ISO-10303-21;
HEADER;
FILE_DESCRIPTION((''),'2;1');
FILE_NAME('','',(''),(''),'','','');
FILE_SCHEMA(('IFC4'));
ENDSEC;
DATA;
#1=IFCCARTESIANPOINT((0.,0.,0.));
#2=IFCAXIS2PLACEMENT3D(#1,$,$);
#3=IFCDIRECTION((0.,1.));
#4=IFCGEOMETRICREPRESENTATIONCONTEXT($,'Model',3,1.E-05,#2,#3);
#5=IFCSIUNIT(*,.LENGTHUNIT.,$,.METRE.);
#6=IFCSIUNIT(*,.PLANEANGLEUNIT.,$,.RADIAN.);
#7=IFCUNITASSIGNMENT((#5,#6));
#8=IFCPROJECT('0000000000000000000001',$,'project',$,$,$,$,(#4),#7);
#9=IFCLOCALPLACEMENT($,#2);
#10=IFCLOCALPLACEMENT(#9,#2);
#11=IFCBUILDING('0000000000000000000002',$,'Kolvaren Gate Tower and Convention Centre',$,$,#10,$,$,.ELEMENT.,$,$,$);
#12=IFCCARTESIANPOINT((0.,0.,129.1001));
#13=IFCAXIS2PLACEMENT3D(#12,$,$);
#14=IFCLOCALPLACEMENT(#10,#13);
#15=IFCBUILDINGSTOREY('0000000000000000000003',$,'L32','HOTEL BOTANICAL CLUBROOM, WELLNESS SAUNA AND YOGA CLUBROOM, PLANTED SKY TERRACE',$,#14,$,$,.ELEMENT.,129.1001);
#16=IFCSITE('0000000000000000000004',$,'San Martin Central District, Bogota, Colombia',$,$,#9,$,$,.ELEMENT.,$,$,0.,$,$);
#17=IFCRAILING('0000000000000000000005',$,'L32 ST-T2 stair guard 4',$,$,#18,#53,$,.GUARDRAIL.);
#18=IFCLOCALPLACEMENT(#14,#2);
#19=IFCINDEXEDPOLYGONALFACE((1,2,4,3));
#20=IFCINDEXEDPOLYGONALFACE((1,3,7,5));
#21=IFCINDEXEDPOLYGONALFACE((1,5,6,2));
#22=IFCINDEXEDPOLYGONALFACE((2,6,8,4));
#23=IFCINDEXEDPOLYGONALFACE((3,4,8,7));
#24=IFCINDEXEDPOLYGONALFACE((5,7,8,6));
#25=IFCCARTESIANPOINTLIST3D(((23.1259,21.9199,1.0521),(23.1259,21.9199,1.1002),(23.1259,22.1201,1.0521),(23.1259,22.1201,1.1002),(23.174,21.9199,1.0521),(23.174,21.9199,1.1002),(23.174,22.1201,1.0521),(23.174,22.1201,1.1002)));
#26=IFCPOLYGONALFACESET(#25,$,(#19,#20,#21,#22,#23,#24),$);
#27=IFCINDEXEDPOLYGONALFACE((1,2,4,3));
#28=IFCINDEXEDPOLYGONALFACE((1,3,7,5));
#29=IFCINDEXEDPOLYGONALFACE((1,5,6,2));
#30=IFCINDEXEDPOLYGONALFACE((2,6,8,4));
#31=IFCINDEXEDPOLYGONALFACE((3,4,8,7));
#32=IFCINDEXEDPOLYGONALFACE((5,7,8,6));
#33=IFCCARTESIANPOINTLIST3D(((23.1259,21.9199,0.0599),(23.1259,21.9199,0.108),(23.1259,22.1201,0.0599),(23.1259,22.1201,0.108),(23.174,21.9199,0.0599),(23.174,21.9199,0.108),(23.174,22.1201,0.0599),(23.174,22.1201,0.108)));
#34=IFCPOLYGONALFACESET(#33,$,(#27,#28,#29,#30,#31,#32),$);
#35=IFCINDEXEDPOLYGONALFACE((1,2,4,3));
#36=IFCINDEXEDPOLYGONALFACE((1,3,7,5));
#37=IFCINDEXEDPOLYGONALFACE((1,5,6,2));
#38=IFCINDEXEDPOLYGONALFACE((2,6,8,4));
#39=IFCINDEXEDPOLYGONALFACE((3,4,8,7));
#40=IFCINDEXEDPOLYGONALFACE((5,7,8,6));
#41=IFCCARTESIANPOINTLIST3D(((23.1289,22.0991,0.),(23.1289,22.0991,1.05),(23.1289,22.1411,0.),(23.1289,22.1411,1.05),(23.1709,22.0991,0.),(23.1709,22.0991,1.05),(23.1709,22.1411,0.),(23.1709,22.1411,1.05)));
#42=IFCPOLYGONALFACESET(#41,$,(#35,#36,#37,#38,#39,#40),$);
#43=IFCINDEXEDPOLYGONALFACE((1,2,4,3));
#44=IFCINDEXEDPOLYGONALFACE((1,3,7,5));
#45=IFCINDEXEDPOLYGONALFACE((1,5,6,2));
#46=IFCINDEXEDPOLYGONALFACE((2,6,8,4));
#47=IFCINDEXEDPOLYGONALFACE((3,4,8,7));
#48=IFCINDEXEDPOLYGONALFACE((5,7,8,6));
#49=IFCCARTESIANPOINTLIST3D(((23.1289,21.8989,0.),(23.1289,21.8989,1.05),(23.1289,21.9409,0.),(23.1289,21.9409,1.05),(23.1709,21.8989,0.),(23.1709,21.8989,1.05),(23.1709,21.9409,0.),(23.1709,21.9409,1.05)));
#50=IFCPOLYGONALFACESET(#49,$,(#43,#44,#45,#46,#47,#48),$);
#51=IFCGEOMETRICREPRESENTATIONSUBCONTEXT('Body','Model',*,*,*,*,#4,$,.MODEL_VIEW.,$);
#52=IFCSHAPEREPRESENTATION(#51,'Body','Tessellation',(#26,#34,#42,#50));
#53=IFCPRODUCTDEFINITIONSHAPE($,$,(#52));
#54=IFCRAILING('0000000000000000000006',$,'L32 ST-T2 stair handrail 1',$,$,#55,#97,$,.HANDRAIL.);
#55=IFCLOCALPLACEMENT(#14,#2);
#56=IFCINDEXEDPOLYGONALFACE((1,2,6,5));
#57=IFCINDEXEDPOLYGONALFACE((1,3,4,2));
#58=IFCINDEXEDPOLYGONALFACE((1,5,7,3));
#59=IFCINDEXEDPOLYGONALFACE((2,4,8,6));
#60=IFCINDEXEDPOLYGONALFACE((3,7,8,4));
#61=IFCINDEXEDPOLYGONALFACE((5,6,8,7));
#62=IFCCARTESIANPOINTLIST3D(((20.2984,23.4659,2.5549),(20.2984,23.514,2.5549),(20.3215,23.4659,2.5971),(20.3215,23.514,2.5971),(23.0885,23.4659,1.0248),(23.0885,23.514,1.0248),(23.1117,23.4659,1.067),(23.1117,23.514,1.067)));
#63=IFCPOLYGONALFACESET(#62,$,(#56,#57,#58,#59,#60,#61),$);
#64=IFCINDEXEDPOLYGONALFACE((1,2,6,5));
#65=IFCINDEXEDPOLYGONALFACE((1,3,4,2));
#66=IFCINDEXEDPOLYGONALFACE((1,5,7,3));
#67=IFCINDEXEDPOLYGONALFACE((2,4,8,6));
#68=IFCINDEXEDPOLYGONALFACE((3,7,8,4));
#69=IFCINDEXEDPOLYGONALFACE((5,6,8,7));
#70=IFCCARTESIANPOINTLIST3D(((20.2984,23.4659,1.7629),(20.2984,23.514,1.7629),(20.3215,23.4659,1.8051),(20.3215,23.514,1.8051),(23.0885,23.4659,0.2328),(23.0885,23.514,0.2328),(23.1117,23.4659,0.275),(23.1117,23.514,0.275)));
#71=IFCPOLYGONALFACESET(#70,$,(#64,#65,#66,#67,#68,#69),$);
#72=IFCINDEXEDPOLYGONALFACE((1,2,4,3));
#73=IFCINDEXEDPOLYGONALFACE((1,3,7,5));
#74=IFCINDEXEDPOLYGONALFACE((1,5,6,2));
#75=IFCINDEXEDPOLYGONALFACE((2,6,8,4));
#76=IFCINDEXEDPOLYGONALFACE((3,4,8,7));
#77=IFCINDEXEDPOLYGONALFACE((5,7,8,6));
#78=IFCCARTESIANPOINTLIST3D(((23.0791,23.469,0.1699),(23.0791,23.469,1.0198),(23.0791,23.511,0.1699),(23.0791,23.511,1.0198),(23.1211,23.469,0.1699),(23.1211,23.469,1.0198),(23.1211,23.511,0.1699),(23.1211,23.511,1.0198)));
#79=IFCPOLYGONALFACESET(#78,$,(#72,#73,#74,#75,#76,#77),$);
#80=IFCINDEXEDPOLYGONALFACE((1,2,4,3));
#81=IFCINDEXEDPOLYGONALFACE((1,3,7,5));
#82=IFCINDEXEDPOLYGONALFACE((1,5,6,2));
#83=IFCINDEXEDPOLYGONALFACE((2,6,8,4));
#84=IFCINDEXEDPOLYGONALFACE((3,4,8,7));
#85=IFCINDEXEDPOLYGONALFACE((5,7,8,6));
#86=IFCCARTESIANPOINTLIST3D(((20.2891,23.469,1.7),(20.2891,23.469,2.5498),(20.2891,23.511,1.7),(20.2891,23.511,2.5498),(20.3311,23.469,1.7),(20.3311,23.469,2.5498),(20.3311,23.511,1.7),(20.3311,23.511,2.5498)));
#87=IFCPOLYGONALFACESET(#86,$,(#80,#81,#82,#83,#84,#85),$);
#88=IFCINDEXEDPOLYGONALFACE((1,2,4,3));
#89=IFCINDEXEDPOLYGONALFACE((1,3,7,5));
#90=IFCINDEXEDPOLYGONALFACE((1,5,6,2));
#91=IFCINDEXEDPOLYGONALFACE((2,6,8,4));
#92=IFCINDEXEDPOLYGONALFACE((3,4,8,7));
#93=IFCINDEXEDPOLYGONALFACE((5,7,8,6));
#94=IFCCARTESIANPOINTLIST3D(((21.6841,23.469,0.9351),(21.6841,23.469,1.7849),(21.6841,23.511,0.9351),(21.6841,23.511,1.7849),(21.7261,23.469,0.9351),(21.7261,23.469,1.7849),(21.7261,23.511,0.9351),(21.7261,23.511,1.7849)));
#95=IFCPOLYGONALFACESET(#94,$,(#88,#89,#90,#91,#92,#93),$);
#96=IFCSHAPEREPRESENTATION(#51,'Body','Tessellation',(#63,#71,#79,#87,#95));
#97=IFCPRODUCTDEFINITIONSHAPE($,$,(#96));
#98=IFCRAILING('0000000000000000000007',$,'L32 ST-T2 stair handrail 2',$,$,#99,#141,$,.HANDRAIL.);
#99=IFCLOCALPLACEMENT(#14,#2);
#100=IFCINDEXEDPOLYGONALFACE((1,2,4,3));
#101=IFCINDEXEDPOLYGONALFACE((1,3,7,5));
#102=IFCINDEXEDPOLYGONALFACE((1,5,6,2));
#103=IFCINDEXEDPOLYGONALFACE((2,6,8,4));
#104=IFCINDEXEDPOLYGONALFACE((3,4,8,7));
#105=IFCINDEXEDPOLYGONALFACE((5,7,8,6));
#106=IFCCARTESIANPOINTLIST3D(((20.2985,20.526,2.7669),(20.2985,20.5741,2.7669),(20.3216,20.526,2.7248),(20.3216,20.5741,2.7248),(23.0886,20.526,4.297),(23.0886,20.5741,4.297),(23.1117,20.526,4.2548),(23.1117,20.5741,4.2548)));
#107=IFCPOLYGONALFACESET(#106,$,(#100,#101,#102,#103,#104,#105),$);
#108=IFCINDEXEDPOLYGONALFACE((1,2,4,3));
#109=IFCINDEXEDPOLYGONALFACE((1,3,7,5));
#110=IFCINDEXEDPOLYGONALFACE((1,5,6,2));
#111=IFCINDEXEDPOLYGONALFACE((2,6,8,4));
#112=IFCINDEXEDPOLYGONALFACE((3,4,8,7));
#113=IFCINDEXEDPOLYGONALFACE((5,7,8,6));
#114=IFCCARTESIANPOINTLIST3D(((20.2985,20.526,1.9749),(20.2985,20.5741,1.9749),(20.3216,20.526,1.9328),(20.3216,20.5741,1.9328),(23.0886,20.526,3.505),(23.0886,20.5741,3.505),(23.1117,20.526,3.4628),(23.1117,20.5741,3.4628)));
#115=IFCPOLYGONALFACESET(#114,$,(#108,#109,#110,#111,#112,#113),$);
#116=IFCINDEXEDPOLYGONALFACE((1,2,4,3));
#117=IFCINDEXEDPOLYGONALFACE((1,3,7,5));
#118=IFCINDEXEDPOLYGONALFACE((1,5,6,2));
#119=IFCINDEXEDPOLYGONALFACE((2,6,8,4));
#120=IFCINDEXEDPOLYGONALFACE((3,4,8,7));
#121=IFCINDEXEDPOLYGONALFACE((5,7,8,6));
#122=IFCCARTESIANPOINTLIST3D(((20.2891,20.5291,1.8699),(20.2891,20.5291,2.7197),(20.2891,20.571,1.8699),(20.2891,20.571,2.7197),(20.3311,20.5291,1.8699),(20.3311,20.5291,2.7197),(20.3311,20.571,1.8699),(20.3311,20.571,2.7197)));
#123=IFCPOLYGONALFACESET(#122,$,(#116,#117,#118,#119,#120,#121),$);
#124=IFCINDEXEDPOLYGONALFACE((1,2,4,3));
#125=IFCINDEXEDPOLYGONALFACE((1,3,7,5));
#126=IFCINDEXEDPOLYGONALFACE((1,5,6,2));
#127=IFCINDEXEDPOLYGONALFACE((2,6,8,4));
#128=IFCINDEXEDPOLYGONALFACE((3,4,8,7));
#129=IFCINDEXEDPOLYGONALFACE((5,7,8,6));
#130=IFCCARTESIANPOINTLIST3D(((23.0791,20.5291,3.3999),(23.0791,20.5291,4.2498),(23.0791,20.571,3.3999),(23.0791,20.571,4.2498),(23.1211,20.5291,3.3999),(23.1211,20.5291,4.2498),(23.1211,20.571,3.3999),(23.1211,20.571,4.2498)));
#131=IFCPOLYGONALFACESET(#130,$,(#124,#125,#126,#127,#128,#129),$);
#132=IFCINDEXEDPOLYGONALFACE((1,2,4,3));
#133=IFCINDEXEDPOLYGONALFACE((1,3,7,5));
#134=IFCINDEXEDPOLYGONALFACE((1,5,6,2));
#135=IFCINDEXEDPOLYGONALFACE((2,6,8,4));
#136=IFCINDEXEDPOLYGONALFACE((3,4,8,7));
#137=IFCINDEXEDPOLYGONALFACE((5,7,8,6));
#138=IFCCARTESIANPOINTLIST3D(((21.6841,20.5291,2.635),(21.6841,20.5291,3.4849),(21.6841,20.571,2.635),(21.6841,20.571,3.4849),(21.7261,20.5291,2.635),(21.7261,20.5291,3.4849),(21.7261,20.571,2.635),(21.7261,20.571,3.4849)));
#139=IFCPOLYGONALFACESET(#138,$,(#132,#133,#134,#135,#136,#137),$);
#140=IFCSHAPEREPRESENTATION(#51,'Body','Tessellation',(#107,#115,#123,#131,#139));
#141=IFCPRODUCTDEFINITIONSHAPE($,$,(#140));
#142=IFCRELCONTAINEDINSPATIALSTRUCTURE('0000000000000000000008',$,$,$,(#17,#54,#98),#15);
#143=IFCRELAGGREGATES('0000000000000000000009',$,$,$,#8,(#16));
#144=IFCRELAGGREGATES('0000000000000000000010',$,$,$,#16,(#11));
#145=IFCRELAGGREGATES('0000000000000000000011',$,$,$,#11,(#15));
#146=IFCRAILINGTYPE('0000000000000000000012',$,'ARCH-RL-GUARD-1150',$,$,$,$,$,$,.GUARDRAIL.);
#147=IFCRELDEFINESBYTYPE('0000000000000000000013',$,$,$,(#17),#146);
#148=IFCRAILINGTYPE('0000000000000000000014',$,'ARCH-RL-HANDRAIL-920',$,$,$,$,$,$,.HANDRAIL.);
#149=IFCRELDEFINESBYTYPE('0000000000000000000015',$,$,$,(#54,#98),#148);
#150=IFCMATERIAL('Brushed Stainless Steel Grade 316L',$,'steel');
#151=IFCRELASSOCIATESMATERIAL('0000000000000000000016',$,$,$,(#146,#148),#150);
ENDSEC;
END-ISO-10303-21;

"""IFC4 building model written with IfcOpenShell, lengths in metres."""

from ifc_helpers import new_model, si_unit, direction, frame, origin, origin_2d, place, context, subcontext, project, spatial, rectangle, extrude, material, type_object, element, save


model = new_model("IFC4")

# Units and contexts
model_context = context("Model", 3, precision=1e-05, world=origin(), true_north=direction((0.0, 1.0)))
body_context = subcontext(model_context, "Body", "Model", "MODEL_VIEW")
ifc_project = project(units=[si_unit("LENGTHUNIT", "METRE"), si_unit("PLANEANGLEUNIT", "RADIAN")], contexts=[model_context])

# Site, building, storey
site_placement = place(None, origin())
site = spatial("IfcSite", under=ifc_project, at=site_placement, Name="San Martin Central District, Bogota, Colombia", CompositionType="ELEMENT", RefElevation=0.0)
building_placement = place(site_placement, origin())
building = spatial("IfcBuilding", under=site, at=building_placement, Name="Kolvaren Gate Tower and Convention Centre", CompositionType="ELEMENT")
storey_placement = place(building_placement, frame((0.0, 0.0, 129.1001)))
storey = spatial("IfcBuildingStorey", under=building, at=storey_placement, Name="L32", Description="HOTEL BOTANICAL CLUBROOM, WELLNESS SAUNA AND YOGA CLUBROOM, PLANTED SKY TERRACE", CompositionType="ELEMENT", Elevation=129.1001)

# Shared definitions
ifc_material_1 = material(Name="Brushed Stainless Steel Grade 316L", Category="steel")

# Railings
railing_type_1 = type_object("IfcRailingType", Name="ARCH-RL-GUARD-1150", PredefinedType="GUARDRAIL", material=ifc_material_1)
railing_1_placement = place(storey_placement, frame((23.1499, 22.1201, 0.0)))
element("IfcRailing", 1, at=railing_1_placement, inside=storey, type_object=railing_type_1, Name="L32 ST-T2 stair guard 4", PredefinedType="GUARDRAIL", context=body_context, shape_type="SweptSolid", body=[
    extrude(rectangle(XDim=0.0481, YDim=0.0481, at=origin_2d()), frame((0.0, 0.0, 1.0762), z_axis=(0.0, -1.0, 0.0), x_axis=(1.0, 0.0, 0.0)), (0.0, 0.0, 1.0), 0.2002),
    extrude(rectangle(XDim=0.0481, YDim=0.0481, at=origin_2d()), frame((0.0, 0.0, 0.084), z_axis=(0.0, -1.0, 0.0), x_axis=(1.0, 0.0, 0.0)), (0.0, 0.0, 1.0), 0.2002),
    extrude(rectangle(XDim=0.042, YDim=0.042, at=origin_2d()), origin(), (0.0, 0.0, 1.0), 1.05),
    extrude(rectangle(XDim=0.042, YDim=0.042, at=origin_2d()), frame((0.0, -0.2002, 0.0)), (0.0, 0.0, 1.0), 1.05),
])
railing_type_2 = type_object("IfcRailingType", Name="ARCH-RL-HANDRAIL-920", PredefinedType="HANDRAIL", material=ifc_material_1)
railing_2_placement = place(storey_placement, frame((23.1001, 23.49, 0.1699)))
element("IfcRailing", 2, at=railing_2_placement, inside=storey, type_object=railing_type_2, Name="L32 ST-T2 stair handrail 1", PredefinedType="HANDRAIL", context=body_context, shape_type="SweptSolid", body=[
    extrude(rectangle(XDim=0.0481, YDim=0.0481, at=origin_2d()), frame((0.0, 0.0, 0.876), z_axis=(-0.876811, 0.0, 0.480835), x_axis=(0.0, -1.0, 0.0)), (0.0, 0.0, 1.0), 3.1821),
    extrude(rectangle(XDim=0.0481, YDim=0.0481, at=origin_2d()), frame((0.0, 0.0, 0.084), z_axis=(-0.876811, 0.0, 0.480835), x_axis=(0.0, -1.0, 0.0)), (0.0, 0.0, 1.0), 3.1821),
    extrude(rectangle(XDim=0.042, YDim=0.042, at=origin_2d()), origin(), (0.0, 0.0, 1.0), 0.8499),
    extrude(rectangle(XDim=0.042, YDim=0.042, at=origin_2d()), frame((-2.79, 0.0, 1.53)), (0.0, 0.0, 1.0), 0.8499),
    extrude(rectangle(XDim=0.042, YDim=0.042, at=origin_2d()), frame((-1.395, 0.0, 0.7651)), (0.0, 0.0, 1.0), 0.8499),
])
railing_3_placement = place(storey_placement, frame((20.3101, 20.55, 1.8699)))
element("IfcRailing", 3, at=railing_3_placement, inside=storey, type_object=railing_type_2, Name="L32 ST-T2 stair handrail 2", PredefinedType="HANDRAIL", context=body_context, shape_type="SweptSolid", body=[
    extrude(rectangle(XDim=0.0481, YDim=0.0481, at=origin_2d()), frame((0.0, 0.0, 0.876), z_axis=(0.876811, 0.0, 0.480835), x_axis=(0.0, 1.0, 0.0)), (0.0, 0.0, 1.0), 3.1821),
    extrude(rectangle(XDim=0.0481, YDim=0.0481, at=origin_2d()), frame((0.0, 0.0, 0.084), z_axis=(0.876811, 0.0, 0.480835), x_axis=(0.0, 1.0, 0.0)), (0.0, 0.0, 1.0), 3.1821),
    extrude(rectangle(XDim=0.042, YDim=0.042, at=origin_2d()), origin(), (0.0, 0.0, 1.0), 0.8499),
    extrude(rectangle(XDim=0.042, YDim=0.042, at=origin_2d()), frame((2.79, 0.0, 1.53)), (0.0, 0.0, 1.0), 0.8499),
    extrude(rectangle(XDim=0.042, YDim=0.042, at=origin_2d()), frame((1.395, 0.0, 0.7651)), (0.0, 0.0, 1.0), 0.8499),
])

save(model, "model.ifc")
